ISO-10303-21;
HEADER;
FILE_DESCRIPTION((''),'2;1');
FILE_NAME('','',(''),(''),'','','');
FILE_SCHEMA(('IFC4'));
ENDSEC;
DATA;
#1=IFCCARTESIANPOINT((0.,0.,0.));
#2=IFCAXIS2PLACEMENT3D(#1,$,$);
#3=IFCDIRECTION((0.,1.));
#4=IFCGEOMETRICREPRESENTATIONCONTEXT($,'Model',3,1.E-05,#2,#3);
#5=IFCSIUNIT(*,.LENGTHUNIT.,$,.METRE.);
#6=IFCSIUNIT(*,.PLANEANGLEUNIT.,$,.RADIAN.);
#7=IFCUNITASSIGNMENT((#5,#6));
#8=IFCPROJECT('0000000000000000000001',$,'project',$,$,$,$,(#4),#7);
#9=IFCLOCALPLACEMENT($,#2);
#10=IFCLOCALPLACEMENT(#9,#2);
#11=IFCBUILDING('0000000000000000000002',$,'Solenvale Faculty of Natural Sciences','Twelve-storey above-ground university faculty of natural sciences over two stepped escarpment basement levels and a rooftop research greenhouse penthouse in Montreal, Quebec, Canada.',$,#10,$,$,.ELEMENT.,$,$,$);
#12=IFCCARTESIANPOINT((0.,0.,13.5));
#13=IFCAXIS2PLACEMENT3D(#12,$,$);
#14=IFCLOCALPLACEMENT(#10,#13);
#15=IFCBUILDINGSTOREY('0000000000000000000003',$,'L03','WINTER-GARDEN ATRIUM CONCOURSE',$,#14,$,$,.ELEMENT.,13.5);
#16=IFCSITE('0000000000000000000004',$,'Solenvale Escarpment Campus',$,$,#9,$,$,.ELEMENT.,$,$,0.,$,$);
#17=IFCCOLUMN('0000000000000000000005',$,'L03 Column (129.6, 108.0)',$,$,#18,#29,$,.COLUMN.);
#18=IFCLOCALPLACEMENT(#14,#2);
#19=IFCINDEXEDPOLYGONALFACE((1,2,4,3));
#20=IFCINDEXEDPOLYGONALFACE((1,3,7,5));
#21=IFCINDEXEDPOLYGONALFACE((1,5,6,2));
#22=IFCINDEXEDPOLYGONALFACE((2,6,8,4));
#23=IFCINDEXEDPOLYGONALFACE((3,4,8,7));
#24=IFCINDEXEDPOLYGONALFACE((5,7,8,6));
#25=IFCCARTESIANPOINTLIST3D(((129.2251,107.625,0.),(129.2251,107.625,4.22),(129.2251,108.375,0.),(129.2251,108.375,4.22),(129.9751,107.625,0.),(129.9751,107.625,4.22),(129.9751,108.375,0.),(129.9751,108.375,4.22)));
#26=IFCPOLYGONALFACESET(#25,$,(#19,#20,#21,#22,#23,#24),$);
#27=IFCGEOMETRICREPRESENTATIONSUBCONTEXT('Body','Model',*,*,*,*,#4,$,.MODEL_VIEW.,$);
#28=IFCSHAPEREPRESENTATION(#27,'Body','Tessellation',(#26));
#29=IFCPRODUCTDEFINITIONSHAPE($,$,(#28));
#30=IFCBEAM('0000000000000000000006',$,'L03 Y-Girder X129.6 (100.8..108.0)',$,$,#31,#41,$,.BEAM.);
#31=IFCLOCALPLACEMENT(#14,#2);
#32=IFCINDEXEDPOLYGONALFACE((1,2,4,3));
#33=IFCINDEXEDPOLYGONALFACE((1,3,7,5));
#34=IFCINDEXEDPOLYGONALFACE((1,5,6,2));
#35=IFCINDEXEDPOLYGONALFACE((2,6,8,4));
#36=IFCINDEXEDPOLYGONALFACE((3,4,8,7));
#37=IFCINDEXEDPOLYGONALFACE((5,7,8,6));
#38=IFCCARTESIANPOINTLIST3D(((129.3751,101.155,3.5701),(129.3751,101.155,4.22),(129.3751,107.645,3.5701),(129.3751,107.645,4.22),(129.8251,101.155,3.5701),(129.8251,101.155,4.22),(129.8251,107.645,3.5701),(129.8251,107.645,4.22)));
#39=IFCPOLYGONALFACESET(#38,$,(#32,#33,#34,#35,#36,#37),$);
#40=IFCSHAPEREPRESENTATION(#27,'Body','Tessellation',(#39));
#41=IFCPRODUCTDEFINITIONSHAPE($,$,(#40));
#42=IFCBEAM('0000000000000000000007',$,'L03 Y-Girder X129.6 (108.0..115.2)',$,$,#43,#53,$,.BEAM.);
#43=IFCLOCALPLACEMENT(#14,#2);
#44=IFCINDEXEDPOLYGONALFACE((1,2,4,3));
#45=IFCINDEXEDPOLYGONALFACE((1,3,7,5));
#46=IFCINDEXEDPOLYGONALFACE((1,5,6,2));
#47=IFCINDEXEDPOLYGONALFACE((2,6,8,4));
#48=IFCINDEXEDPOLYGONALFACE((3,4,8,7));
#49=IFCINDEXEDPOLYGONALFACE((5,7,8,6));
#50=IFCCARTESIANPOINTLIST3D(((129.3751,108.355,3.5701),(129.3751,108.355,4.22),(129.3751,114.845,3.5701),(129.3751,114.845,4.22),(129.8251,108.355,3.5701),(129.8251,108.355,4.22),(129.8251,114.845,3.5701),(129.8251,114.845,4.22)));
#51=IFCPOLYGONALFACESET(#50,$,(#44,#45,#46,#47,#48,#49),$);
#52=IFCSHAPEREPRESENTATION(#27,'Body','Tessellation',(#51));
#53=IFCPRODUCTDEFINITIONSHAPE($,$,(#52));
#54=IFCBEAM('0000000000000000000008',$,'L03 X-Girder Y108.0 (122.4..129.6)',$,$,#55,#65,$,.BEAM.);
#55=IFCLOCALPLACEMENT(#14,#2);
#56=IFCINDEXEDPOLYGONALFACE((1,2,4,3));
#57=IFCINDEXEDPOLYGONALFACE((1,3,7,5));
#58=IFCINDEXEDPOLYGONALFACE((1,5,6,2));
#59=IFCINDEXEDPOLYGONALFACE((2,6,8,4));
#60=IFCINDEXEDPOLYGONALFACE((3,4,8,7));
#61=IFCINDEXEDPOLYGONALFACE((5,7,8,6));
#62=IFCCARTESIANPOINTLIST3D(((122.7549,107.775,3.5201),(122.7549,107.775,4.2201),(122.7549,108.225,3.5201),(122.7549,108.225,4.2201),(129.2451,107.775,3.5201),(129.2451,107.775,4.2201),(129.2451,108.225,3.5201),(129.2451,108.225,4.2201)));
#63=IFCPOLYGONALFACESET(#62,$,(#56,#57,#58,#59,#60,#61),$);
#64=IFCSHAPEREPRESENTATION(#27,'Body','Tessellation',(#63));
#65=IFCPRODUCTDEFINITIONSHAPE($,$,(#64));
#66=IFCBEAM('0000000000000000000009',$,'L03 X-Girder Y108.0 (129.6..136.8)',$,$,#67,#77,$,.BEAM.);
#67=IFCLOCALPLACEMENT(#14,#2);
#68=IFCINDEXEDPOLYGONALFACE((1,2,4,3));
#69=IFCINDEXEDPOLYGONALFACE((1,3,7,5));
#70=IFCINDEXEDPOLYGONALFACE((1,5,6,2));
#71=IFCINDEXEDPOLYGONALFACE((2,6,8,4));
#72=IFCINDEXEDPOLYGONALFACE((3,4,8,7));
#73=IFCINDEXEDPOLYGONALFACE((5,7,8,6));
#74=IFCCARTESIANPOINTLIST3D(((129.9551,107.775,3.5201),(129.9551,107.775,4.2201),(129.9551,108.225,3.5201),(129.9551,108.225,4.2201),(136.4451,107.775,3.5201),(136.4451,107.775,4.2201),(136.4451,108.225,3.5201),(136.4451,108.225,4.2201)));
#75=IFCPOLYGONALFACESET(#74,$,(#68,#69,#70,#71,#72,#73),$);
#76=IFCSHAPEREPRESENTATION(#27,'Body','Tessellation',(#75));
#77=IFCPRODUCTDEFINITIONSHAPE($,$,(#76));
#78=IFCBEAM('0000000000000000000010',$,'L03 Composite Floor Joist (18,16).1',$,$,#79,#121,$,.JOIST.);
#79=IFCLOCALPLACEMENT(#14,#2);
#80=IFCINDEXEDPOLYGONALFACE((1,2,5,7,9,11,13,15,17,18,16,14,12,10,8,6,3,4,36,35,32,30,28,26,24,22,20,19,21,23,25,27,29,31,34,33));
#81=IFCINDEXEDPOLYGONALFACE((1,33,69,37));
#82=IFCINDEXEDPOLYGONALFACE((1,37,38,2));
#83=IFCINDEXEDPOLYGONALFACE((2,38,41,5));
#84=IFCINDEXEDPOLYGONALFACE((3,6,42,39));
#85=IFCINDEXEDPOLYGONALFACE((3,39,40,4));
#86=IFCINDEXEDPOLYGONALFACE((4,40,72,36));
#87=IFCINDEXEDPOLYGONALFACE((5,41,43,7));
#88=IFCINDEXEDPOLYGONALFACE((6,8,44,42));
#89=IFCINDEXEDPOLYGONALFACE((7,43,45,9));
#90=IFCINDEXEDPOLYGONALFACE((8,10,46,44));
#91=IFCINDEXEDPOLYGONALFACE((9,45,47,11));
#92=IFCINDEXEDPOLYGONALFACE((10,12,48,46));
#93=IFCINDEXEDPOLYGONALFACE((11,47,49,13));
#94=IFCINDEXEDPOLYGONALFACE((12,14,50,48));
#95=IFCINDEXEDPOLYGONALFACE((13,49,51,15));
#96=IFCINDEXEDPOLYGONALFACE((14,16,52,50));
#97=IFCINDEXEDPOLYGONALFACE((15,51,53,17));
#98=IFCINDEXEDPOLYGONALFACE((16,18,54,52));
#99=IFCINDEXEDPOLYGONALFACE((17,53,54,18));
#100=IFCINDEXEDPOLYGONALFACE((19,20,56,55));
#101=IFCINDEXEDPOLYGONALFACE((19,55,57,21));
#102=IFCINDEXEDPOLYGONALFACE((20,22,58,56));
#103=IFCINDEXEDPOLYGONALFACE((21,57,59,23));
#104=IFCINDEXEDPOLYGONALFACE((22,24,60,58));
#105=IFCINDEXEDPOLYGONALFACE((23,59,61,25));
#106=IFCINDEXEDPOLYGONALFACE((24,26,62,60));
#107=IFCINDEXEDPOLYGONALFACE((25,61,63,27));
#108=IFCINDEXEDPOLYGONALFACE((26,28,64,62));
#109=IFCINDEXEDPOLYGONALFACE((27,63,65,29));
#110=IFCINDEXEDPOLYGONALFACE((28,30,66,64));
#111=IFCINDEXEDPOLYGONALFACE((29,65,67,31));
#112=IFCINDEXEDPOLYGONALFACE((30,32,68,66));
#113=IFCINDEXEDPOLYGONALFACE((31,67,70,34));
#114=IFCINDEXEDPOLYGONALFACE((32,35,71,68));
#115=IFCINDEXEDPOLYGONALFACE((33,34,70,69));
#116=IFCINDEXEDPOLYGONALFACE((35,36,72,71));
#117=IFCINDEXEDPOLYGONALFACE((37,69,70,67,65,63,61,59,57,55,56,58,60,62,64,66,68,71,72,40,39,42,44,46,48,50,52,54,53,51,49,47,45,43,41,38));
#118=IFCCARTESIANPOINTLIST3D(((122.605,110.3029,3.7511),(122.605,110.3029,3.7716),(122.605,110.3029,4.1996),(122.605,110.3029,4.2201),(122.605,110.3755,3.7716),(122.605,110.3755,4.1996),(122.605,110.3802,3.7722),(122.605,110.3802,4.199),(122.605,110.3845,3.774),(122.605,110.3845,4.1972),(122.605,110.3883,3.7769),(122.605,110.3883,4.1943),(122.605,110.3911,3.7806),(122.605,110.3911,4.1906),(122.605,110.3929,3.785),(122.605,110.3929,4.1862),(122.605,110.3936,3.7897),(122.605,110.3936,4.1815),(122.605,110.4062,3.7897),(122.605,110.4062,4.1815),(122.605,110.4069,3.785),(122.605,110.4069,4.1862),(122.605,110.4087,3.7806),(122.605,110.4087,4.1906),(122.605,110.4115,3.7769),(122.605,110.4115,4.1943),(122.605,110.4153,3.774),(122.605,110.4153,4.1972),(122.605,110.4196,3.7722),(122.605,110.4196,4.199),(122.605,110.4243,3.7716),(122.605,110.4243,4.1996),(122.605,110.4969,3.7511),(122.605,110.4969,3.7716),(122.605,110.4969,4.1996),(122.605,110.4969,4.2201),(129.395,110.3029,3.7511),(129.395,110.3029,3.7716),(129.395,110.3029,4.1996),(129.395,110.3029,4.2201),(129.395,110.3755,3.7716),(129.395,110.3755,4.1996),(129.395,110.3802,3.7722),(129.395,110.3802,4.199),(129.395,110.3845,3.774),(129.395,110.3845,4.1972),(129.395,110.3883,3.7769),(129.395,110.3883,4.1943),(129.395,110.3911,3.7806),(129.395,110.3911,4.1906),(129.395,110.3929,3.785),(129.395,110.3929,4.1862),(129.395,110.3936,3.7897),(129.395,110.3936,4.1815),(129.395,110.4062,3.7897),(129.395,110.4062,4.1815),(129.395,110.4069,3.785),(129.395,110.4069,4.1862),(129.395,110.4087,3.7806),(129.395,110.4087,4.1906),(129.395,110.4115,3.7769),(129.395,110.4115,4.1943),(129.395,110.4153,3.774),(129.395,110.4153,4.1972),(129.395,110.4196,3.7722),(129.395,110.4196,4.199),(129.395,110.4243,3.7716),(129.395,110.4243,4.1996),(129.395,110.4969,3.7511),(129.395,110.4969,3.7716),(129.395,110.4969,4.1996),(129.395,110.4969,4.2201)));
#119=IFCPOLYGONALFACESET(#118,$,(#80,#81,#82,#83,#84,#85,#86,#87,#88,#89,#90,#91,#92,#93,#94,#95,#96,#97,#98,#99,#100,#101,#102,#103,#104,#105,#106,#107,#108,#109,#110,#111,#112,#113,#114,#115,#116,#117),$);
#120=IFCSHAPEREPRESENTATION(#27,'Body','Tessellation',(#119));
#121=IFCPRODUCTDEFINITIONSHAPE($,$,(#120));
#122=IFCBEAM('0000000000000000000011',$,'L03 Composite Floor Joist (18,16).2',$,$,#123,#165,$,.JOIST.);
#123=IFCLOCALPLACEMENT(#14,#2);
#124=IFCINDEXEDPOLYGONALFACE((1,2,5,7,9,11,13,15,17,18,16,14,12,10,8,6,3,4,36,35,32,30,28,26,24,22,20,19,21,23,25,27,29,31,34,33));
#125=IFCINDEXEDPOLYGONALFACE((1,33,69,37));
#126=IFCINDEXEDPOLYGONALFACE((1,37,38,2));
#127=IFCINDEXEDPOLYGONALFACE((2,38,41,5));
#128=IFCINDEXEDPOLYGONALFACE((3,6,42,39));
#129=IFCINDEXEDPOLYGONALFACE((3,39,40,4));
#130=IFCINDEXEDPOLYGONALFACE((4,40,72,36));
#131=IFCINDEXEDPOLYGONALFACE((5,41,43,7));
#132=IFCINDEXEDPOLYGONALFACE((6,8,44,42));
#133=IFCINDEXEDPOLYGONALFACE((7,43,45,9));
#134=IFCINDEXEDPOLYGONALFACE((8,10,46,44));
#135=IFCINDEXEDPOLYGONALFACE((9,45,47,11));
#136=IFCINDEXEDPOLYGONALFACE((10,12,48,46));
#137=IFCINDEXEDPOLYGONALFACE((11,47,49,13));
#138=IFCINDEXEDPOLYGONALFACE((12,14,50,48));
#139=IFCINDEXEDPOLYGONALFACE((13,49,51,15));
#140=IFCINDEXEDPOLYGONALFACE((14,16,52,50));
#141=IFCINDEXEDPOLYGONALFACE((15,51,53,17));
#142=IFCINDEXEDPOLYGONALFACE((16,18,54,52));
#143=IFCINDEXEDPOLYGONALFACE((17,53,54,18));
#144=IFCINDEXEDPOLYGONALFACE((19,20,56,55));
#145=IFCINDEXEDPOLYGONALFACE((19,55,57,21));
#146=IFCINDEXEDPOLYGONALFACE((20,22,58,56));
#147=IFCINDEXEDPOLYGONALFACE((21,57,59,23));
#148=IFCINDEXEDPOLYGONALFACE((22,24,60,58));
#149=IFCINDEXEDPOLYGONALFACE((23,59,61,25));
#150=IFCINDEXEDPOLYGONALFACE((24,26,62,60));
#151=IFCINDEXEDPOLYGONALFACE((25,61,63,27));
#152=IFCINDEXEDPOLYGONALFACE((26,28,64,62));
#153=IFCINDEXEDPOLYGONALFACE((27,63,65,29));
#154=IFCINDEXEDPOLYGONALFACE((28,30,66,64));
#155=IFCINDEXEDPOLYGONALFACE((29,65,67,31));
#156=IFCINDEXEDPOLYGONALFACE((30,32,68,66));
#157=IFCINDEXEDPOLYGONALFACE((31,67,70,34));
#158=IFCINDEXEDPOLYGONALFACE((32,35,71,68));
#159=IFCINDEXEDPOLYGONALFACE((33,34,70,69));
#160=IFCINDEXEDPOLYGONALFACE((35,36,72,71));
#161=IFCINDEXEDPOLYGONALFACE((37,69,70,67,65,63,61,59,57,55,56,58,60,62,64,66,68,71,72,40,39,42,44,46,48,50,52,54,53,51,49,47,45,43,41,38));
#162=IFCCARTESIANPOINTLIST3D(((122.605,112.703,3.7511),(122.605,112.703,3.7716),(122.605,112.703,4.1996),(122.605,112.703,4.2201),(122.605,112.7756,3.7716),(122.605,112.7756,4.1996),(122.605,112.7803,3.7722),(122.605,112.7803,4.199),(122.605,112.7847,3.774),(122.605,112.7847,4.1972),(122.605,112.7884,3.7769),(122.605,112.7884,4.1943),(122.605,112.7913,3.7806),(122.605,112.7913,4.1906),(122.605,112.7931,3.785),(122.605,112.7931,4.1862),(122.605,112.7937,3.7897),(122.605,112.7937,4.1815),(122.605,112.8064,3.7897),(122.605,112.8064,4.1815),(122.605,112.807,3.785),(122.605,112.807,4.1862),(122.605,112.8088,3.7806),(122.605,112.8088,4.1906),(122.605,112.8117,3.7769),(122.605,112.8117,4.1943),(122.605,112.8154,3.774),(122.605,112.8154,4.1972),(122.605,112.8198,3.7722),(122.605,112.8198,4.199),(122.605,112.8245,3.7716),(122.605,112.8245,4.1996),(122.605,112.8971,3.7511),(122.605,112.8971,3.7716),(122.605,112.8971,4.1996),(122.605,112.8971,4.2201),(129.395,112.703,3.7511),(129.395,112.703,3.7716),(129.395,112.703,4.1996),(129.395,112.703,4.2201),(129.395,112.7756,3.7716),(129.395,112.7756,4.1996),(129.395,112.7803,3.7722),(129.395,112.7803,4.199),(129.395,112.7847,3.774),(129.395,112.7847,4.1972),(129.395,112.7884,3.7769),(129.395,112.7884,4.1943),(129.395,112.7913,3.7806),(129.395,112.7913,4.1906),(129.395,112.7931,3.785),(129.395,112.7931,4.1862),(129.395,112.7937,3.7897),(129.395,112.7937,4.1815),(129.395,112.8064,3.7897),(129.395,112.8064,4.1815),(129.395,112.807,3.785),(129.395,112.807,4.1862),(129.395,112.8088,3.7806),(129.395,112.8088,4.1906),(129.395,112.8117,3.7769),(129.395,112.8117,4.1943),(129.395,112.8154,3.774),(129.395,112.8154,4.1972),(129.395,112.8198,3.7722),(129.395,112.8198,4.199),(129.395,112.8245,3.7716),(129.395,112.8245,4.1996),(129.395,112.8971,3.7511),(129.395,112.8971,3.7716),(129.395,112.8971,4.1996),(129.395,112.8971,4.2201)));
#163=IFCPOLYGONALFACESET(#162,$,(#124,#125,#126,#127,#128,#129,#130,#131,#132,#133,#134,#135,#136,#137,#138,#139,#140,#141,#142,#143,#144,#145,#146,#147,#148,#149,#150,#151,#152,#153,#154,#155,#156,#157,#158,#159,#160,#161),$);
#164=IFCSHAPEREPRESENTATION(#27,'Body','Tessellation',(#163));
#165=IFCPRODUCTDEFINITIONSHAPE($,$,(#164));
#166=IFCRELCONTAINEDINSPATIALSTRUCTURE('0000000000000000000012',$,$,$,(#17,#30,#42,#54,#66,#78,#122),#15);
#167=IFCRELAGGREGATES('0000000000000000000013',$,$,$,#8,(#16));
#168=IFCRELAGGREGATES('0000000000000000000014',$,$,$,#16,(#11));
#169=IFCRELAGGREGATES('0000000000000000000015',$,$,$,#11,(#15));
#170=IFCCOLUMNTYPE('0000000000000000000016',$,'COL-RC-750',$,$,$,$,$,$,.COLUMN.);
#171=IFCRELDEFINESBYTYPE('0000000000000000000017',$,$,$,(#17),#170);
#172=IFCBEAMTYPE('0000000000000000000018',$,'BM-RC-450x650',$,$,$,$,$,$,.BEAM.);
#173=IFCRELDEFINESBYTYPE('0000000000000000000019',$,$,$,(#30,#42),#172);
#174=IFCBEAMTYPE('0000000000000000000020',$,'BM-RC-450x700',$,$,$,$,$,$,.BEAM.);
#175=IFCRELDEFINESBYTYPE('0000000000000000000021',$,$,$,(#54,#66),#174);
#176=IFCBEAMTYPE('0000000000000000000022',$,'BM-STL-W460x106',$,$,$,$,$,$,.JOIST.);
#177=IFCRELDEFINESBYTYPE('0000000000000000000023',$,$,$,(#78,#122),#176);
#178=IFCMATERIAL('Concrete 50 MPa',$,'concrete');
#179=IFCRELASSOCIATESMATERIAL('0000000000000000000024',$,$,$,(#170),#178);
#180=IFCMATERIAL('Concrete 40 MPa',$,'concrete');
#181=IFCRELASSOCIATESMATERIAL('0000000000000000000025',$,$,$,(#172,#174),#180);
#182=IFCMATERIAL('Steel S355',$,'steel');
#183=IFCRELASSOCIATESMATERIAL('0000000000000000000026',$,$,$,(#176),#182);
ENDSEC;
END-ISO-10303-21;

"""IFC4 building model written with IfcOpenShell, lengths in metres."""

from ifc_helpers import new_model, si_unit, direction, frame, origin, origin_2d, place, context, subcontext, project, spatial, rectangle, i_section, extrude, material, material_profile, profile_set, type_object, element, save


model = new_model("IFC4")

# Units and contexts
model_context = context("Model", 3, precision=1e-05, world=origin(), true_north=direction((0.0, 1.0)))
body_context = subcontext(model_context, "Body", "Model", "MODEL_VIEW")
ifc_project = project(units=[si_unit("LENGTHUNIT", "METRE"), si_unit("PLANEANGLEUNIT", "RADIAN")], contexts=[model_context])

# Site, building, storey
site_placement = place(None, origin())
site = spatial("IfcSite", under=ifc_project, at=site_placement, Name="Solenvale Escarpment Campus", CompositionType="ELEMENT", RefElevation=0.0)
building_placement = place(site_placement, origin())
building = spatial("IfcBuilding", under=site, at=building_placement, Name="Solenvale Faculty of Natural Sciences", Description="Twelve-storey above-ground university faculty of natural sciences over two stepped escarpment basement levels and a rooftop research greenhouse penthouse in Montreal, Quebec, Canada.", CompositionType="ELEMENT")
storey_placement = place(building_placement, frame((0.0, 0.0, 13.5)))
storey = spatial("IfcBuildingStorey", under=building, at=storey_placement, Name="L03", Description="WINTER-GARDEN ATRIUM CONCOURSE", CompositionType="ELEMENT", Elevation=13.5)

# Column
ifc_material_1 = material(Name="Concrete 50 MPa", Category="concrete")
ifc_material_profile_1 = material_profile(ifc_material_1, rectangle(XDim=0.75, YDim=0.75, at=origin_2d()), Name="RC-COL-750x750")
ifc_profile_set_1 = profile_set([ifc_material_profile_1], Name="Concrete 50 MPa")
column_type = type_object("IfcColumnType", Name="COL-RC-750", PredefinedType="COLUMN", material=ifc_profile_set_1)
column_placement = place(storey_placement, frame((129.6001, 108.0, 0.0), z_axis=(0.0, 0.0, 1.0), x_axis=(1.0, 0.0, 0.0)))
element("IfcColumn", 1, at=column_placement, inside=storey, type_object=column_type, Name="L03 Column (129.6, 108.0)", PredefinedType="COLUMN", context=body_context, shape_type="SweptSolid", body=[
    extrude(rectangle(XDim=0.75, YDim=0.75, at=origin_2d()), origin(), (0.0, 0.0, 1.0), 4.22),
])

# Beams
ifc_material_2 = material(Name="Concrete 40 MPa", Category="concrete")
ifc_material_profile_2 = material_profile(ifc_material_2, rectangle(XDim=0.45, YDim=0.6499, at=origin_2d()), Name="RC-BM-450x650")
ifc_profile_set_2 = profile_set([ifc_material_profile_2], Name="Concrete 40 MPa")
beam_type_1 = type_object("IfcBeamType", Name="BM-RC-450x650", PredefinedType="BEAM", material=ifc_profile_set_2)
for number, where, z_axis, x_axis, name in (
    (2, (129.6001, 101.155, 3.895), (0.0, 1.0, 0.0), (-1.0, 0.0, 0.0), "L03 Y-Girder X129.6 (100.8..108.0)"),
    (3, (129.6001, 108.355, 3.895), (0.0, 1.0, 0.0), (-1.0, 0.0, 0.0), "L03 Y-Girder X129.6 (108.0..115.2)"),
):
    element("IfcBeam", number, at=place(storey_placement, frame(where, z_axis=z_axis, x_axis=x_axis)), inside=storey, type_object=beam_type_1, Name=name, PredefinedType="BEAM", context=body_context, shape_type="SweptSolid", body=[
        extrude(rectangle(XDim=0.45, YDim=0.6499, at=origin_2d()), origin(), (0.0, 0.0, 1.0), 6.49),
    ])
ifc_material_profile_3 = material_profile(ifc_material_2, rectangle(XDim=0.45, YDim=0.7, at=origin_2d()), Name="RC-BM-450x700")
ifc_profile_set_3 = profile_set([ifc_material_profile_3], Name="Concrete 40 MPa")
beam_type_2 = type_object("IfcBeamType", Name="BM-RC-450x700", PredefinedType="BEAM", material=ifc_profile_set_3)
beam_1_placement = place(storey_placement, frame((122.7549, 108.0, 3.8701), z_axis=(1.0, 0.0, 0.0), x_axis=(0.0, 1.0, 0.0)))
element("IfcBeam", 4, at=beam_1_placement, inside=storey, type_object=beam_type_2, Name="L03 X-Girder Y108.0 (122.4..129.6)", PredefinedType="BEAM", context=body_context, shape_type="SweptSolid", body=[
    extrude(rectangle(XDim=0.45, YDim=0.7, at=origin_2d()), origin(), (0.0, 0.0, 1.0), 6.4902),
])
beam_2_placement = place(storey_placement, frame((129.9551, 108.0, 3.8701), z_axis=(1.0, 0.0, 0.0), x_axis=(0.0, 1.0, 0.0)))
element("IfcBeam", 5, at=beam_2_placement, inside=storey, type_object=beam_type_2, Name="L03 X-Girder Y108.0 (129.6..136.8)", PredefinedType="BEAM", context=body_context, shape_type="SweptSolid", body=[
    extrude(rectangle(XDim=0.45, YDim=0.7, at=origin_2d()), origin(), (0.0, 0.0, 1.0), 6.49),
])
ifc_material_3 = material(Name="Steel S355", Category="steel")
ifc_material_profile_4 = material_profile(ifc_material_3, i_section(OverallWidth=0.1941, OverallDepth=0.469, WebThickness=0.0127, FlangeThickness=0.0205, FilletRadius=0.0181, at=origin_2d()), Name="W460x106")
ifc_profile_set_4 = profile_set([ifc_material_profile_4], Name="Steel S355")
beam_type_3 = type_object("IfcBeamType", Name="BM-STL-W460x106", PredefinedType="JOIST", material=ifc_profile_set_4)
for number, where, z_axis, x_axis, name in (
    (6, (122.605, 110.3999, 3.9856), (1.0, 0.0, 0.0), (0.0, 1.0, 0.0), "L03 Composite Floor Joist (18,16).1"),
    (7, (122.605, 112.8, 3.9856), (1.0, 0.0, 0.0), (0.0, 1.0, 0.0), "L03 Composite Floor Joist (18,16).2"),
):
    element("IfcBeam", number, at=place(storey_placement, frame(where, z_axis=z_axis, x_axis=x_axis)), inside=storey, type_object=beam_type_3, Name=name, PredefinedType="JOIST", context=body_context, shape_type="SweptSolid", body=[
        extrude(i_section(OverallWidth=0.1941, OverallDepth=0.469, WebThickness=0.0127, FlangeThickness=0.0205, FilletRadius=0.0181, at=origin_2d()), origin(), (0.0, 0.0, 1.0), 6.79),
    ])

save(model, "model.ifc")
